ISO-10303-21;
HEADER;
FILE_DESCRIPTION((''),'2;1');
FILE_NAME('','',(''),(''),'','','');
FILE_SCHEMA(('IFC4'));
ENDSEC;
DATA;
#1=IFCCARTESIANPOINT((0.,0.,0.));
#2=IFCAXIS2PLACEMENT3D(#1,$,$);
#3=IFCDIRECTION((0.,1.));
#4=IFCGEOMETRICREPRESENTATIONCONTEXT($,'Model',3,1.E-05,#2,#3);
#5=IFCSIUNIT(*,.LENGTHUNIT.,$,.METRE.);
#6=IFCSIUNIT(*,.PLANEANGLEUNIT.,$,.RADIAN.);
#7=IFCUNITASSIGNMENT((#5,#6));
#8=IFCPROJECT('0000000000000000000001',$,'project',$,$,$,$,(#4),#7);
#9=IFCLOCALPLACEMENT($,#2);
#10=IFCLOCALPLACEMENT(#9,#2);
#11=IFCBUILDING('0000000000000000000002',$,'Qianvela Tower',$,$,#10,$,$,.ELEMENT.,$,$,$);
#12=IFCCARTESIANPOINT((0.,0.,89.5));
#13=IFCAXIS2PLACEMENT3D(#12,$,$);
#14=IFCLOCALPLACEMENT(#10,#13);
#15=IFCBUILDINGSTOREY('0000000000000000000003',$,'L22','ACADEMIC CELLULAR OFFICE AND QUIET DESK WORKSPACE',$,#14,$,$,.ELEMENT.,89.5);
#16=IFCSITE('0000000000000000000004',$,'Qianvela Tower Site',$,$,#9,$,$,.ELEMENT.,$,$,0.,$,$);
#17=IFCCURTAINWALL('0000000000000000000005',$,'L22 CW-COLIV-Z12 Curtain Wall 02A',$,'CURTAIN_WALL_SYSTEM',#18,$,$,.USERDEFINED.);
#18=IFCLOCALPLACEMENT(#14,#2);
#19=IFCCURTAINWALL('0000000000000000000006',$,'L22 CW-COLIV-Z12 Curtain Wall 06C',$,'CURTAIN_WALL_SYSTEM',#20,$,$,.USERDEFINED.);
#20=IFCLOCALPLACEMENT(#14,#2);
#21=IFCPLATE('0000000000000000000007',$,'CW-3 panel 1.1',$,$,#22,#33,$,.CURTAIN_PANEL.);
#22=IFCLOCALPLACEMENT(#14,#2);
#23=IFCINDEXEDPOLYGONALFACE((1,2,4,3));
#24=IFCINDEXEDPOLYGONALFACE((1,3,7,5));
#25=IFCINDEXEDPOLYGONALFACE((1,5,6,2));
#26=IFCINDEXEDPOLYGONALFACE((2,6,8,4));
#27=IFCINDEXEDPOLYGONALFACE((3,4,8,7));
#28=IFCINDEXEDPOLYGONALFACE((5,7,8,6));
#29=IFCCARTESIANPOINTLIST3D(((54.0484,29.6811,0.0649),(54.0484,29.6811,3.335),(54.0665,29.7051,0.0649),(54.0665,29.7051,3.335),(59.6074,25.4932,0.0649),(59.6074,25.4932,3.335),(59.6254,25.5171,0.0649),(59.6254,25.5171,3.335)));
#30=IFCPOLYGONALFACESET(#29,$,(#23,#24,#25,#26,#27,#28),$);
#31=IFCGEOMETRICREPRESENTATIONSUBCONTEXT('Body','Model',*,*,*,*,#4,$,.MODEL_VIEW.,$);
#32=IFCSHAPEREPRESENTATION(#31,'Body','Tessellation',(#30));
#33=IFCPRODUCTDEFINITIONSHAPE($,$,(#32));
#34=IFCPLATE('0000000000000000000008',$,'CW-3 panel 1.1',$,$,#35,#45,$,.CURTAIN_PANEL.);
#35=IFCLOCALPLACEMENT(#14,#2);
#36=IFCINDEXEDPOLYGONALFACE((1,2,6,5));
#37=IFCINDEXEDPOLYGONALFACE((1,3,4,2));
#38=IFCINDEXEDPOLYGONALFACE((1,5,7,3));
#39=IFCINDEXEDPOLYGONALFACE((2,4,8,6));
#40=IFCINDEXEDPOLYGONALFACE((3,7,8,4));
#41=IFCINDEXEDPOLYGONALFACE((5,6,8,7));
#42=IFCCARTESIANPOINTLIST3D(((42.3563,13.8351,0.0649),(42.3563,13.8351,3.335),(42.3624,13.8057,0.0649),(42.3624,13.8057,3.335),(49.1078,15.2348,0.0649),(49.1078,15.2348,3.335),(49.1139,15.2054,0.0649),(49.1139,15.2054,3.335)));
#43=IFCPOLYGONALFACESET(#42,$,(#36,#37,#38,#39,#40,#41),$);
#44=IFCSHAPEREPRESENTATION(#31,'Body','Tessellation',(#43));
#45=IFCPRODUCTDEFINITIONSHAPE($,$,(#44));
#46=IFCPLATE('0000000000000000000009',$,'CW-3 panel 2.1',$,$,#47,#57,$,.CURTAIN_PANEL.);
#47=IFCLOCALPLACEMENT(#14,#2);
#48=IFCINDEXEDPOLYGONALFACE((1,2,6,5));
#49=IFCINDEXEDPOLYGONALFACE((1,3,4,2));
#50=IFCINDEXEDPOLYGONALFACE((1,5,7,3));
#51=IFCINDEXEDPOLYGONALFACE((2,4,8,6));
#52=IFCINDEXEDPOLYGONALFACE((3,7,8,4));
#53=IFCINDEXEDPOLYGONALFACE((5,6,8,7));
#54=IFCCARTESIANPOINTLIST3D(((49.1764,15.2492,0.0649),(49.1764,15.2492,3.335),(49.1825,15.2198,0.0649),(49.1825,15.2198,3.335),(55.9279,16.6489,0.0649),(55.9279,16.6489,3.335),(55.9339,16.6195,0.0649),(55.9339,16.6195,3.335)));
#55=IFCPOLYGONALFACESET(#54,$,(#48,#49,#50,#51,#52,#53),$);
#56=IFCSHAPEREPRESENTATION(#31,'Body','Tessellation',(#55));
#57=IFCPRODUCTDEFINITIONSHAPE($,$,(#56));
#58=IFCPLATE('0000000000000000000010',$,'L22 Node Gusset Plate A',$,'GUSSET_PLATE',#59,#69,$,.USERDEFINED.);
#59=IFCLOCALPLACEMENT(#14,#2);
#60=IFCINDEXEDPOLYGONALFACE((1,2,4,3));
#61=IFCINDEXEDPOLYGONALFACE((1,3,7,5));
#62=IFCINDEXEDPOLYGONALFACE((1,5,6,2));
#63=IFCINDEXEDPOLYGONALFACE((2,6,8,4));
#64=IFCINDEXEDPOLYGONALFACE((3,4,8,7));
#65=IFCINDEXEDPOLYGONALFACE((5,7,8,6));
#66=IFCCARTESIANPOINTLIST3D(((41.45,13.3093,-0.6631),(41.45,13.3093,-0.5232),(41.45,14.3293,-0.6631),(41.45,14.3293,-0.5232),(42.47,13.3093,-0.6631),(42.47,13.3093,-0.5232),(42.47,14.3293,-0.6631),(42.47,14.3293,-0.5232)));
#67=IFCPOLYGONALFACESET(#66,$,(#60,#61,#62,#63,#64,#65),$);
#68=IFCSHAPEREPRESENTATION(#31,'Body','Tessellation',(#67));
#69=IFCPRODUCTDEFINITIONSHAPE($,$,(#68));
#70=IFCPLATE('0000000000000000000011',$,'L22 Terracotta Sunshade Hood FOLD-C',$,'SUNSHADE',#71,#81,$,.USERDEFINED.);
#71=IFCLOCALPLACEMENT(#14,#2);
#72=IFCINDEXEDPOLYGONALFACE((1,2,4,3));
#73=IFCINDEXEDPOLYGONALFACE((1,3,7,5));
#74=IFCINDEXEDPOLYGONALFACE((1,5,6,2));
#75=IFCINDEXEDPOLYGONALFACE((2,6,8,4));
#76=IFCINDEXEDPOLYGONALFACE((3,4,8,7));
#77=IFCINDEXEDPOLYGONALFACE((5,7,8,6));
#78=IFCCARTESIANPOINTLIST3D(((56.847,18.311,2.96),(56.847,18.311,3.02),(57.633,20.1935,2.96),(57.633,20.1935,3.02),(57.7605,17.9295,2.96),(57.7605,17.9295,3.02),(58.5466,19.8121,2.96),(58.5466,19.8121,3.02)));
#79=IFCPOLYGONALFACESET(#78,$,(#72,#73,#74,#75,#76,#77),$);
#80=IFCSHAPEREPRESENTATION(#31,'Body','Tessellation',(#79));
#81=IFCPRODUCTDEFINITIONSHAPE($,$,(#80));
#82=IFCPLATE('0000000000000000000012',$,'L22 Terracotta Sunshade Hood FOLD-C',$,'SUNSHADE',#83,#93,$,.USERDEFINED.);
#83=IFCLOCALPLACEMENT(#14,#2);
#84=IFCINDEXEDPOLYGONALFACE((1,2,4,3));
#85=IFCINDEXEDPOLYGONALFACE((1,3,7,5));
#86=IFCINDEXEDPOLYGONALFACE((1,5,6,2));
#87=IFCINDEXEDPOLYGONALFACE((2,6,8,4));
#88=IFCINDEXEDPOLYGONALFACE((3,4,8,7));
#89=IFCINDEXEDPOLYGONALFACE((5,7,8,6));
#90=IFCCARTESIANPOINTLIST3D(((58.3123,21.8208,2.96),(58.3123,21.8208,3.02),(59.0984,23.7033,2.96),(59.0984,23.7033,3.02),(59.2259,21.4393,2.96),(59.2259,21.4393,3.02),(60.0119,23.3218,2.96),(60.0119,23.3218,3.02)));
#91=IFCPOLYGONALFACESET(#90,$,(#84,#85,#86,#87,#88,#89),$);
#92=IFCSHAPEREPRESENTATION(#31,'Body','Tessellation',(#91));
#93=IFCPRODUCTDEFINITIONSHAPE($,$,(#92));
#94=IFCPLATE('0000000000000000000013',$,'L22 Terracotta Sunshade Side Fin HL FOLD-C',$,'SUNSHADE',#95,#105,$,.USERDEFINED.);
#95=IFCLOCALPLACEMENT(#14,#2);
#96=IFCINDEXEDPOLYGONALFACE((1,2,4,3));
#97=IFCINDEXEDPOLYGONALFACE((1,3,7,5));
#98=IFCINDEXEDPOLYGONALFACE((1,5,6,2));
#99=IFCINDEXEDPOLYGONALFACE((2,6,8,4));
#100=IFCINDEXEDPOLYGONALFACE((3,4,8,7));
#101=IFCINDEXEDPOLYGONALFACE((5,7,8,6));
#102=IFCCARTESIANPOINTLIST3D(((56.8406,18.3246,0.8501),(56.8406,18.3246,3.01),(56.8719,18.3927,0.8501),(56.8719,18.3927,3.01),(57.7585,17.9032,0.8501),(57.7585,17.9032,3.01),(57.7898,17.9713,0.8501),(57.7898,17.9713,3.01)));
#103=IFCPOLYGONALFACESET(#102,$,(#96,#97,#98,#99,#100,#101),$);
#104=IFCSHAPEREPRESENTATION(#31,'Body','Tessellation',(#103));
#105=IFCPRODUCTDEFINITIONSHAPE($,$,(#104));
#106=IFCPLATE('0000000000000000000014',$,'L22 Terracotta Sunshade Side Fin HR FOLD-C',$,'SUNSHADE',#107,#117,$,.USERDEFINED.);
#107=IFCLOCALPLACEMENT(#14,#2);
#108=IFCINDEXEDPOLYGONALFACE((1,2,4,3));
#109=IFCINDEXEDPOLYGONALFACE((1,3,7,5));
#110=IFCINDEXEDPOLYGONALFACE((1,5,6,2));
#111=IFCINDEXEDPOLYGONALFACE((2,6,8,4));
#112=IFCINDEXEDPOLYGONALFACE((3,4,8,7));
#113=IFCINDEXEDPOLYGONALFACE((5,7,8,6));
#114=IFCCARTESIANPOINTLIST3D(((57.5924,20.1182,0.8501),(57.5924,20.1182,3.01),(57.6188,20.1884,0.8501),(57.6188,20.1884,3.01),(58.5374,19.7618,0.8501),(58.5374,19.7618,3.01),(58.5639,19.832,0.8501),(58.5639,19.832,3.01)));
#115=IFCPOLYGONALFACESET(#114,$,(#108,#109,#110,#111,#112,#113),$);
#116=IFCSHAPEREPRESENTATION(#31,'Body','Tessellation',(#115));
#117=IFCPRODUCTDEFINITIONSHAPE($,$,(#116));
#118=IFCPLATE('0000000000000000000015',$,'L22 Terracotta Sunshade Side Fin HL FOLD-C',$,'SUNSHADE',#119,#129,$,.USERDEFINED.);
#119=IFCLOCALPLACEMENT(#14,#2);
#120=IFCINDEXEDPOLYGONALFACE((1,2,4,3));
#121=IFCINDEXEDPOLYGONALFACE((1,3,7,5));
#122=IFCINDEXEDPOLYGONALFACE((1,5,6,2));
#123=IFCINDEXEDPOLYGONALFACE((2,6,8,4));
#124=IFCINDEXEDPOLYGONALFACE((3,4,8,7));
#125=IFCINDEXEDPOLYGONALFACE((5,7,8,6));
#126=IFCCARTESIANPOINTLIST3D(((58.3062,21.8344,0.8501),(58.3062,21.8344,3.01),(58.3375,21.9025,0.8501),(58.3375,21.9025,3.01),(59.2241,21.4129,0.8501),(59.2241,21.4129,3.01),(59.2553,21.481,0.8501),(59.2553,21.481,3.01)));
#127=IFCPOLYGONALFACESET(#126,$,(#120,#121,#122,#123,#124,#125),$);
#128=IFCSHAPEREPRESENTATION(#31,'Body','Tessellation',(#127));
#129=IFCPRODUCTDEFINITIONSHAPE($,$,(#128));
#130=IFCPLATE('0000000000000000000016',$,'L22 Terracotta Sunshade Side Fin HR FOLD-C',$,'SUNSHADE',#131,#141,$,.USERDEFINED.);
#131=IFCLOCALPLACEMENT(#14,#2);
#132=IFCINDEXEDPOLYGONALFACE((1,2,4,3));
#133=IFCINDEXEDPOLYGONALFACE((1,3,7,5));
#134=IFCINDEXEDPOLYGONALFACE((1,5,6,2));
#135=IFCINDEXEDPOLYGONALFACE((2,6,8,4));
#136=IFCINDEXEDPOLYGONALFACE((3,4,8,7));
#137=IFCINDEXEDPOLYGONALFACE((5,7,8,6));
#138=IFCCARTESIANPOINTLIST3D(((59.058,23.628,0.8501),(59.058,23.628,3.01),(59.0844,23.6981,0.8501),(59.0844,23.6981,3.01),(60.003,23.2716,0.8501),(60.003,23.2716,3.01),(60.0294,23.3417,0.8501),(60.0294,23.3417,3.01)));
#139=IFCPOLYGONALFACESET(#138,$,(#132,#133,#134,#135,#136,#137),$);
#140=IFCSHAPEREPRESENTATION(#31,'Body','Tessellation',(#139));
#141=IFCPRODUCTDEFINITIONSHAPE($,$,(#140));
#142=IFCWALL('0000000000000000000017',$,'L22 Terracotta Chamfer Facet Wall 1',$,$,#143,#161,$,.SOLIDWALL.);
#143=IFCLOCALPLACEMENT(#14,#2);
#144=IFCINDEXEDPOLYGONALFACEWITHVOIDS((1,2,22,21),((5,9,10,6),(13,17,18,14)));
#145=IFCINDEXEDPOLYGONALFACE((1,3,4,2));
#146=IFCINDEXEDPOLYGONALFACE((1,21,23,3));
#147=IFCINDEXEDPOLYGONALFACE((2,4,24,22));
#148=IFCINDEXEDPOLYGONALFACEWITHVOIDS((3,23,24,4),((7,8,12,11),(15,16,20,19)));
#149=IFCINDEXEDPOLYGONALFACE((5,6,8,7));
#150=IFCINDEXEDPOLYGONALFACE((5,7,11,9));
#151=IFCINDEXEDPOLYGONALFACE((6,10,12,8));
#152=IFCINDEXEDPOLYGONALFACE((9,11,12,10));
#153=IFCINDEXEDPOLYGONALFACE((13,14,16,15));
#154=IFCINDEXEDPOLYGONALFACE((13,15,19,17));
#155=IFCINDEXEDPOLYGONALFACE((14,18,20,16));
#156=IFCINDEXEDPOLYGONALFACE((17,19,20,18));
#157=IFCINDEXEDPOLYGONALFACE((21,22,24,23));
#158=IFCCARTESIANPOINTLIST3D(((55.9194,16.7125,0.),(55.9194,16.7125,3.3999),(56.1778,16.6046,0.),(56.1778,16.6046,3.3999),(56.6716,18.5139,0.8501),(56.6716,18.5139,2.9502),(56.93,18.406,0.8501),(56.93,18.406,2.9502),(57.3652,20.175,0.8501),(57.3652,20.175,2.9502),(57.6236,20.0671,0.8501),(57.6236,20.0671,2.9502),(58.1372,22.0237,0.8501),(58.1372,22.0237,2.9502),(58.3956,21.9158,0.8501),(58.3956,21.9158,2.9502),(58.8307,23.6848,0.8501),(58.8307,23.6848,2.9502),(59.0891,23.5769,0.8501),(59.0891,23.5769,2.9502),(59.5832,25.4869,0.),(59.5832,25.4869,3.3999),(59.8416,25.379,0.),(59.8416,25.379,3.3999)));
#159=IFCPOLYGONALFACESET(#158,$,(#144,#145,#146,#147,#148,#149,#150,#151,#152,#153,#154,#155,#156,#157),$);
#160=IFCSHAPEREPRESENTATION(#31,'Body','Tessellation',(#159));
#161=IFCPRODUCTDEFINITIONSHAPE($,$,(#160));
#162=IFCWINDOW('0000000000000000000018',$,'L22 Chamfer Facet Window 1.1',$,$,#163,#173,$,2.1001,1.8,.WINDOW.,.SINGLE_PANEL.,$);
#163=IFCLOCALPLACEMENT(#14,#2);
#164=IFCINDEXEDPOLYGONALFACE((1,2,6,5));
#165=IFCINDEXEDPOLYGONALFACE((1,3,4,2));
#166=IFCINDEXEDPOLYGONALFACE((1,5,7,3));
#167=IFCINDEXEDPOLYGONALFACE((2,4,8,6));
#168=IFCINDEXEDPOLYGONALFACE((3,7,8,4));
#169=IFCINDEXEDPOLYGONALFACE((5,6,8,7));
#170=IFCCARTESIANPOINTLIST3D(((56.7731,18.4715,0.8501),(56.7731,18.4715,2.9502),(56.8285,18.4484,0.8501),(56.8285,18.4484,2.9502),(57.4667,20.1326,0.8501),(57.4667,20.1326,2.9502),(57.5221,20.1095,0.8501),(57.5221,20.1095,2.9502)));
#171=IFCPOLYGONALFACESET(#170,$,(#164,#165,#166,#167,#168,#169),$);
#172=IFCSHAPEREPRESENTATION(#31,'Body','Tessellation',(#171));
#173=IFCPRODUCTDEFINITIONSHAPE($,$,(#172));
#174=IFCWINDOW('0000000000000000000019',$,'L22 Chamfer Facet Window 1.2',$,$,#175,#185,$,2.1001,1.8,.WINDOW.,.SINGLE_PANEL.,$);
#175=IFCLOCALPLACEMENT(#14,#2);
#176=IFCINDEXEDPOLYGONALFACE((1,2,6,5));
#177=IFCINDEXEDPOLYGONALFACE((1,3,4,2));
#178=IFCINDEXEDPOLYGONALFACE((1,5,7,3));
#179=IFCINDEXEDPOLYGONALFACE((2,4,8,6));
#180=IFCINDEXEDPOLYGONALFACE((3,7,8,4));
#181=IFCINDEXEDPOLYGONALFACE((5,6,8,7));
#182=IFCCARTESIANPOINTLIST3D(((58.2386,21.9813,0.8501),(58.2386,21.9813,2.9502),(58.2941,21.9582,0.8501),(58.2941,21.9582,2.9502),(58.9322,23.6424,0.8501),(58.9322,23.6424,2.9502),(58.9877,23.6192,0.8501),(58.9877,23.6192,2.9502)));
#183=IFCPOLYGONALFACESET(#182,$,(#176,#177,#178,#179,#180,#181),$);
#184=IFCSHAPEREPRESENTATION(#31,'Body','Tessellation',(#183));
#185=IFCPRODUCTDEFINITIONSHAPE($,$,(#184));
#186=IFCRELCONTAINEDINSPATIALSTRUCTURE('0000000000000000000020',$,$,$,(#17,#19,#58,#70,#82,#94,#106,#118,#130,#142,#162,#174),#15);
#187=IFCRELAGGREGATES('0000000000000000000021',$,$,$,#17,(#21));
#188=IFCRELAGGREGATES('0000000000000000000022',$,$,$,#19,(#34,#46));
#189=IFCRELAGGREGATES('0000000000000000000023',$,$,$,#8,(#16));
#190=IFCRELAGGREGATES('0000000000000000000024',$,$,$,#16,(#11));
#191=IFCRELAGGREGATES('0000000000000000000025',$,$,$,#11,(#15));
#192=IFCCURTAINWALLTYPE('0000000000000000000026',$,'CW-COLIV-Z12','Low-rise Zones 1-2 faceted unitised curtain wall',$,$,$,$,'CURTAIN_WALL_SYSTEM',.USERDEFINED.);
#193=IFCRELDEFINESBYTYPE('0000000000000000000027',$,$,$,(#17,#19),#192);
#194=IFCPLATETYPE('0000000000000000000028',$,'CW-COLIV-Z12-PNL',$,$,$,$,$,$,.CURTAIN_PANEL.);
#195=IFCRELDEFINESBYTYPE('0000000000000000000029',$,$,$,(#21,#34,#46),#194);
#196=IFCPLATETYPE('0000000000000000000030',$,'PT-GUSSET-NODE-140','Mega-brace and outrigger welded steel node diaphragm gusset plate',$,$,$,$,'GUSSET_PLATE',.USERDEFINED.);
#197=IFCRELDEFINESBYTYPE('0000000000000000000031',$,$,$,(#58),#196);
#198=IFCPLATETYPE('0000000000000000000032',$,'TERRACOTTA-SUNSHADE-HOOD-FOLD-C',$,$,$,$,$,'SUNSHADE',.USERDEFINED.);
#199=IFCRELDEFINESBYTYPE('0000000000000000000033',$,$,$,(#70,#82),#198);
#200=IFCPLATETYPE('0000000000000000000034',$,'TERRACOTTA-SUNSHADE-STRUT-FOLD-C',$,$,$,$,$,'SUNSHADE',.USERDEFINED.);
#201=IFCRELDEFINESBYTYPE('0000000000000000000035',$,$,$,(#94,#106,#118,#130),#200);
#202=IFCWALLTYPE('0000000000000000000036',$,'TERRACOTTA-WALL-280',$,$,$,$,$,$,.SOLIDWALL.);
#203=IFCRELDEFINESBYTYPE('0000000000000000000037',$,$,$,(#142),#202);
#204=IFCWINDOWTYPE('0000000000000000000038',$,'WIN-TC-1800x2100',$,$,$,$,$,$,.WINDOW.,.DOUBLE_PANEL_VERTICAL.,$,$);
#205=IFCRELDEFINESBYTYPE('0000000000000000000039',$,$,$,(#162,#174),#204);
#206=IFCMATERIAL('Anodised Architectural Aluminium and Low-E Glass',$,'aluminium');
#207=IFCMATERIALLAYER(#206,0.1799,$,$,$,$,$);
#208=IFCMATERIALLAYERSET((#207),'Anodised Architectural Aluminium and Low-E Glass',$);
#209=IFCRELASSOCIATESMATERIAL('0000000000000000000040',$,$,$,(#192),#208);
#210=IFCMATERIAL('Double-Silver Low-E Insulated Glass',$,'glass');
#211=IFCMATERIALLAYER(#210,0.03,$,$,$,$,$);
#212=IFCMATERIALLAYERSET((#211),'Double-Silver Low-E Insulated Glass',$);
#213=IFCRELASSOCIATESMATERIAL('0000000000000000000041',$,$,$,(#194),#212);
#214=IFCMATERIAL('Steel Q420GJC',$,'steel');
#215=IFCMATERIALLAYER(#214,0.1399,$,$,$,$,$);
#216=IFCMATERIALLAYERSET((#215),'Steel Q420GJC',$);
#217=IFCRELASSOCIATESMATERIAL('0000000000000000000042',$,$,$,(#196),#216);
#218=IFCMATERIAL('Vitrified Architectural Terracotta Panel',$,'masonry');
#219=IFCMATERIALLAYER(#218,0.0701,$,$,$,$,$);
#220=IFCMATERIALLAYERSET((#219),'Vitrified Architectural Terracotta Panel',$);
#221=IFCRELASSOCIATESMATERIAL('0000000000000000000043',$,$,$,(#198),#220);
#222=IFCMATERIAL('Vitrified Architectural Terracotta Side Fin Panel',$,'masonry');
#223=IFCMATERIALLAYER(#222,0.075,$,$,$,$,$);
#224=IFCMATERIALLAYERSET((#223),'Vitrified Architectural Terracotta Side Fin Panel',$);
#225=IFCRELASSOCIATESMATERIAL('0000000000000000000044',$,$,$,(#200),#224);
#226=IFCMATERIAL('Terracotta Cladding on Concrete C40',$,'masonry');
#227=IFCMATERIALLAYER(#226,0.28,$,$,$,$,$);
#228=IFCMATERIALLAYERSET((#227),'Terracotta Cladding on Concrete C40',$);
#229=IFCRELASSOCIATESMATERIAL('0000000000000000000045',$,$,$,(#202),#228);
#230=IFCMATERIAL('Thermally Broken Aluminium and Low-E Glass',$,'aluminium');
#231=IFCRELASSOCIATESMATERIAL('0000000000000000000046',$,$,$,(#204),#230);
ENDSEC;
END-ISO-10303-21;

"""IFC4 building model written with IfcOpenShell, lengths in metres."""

from ifc_helpers import new_model, si_unit, direction, frame, frame_2d, origin, origin_2d, place, context, subcontext, project, spatial, rectangle, extrude, material, layer, layer_set, type_object, element, fill, aggregate, save


model = new_model("IFC4")

# Units and contexts
model_context = context("Model", 3, precision=1e-05, world=origin(), true_north=direction((0.0, 1.0)))
body_context = subcontext(model_context, "Body", "Model", "MODEL_VIEW")
ifc_project = project(units=[si_unit("LENGTHUNIT", "METRE"), si_unit("PLANEANGLEUNIT", "RADIAN")], contexts=[model_context])

# Site, building, storey
site_placement = place(None, origin())
site = spatial("IfcSite", under=ifc_project, at=site_placement, Name="Qianvela Tower Site", CompositionType="ELEMENT", RefElevation=0.0)
building_placement = place(site_placement, origin())
building = spatial("IfcBuilding", under=site, at=building_placement, Name="Qianvela Tower", CompositionType="ELEMENT")
storey_placement = place(building_placement, frame((0.0, 0.0, 89.5)))
storey = spatial("IfcBuildingStorey", under=building, at=storey_placement, Name="L22", Description="ACADEMIC CELLULAR OFFICE AND QUIET DESK WORKSPACE", CompositionType="ELEMENT", Elevation=89.5)

# Curtain walls
ifc_material_1 = material(Name="Anodised Architectural Aluminium and Low-E Glass", Category="aluminium")
ifc_layer_1 = layer(ifc_material_1, 0.1799)
ifc_layer_set_1 = layer_set([ifc_layer_1], Name="Anodised Architectural Aluminium and Low-E Glass")
curtain_wall_type_1 = type_object("IfcCurtainWallType", Name="CW-COLIV-Z12", Description="Low-rise Zones 1-2 faceted unitised curtain wall", ElementType="CURTAIN_WALL_SYSTEM", PredefinedType="USERDEFINED", material=ifc_layer_set_1)
curtain_wall_1_placement = place(storey_placement, origin())
curtain_wall_1 = element("IfcCurtainWall", 1, at=curtain_wall_1_placement, inside=storey, type_object=curtain_wall_type_1, Name="L22 CW-COLIV-Z12 Curtain Wall 02A", ObjectType="CURTAIN_WALL_SYSTEM", PredefinedType="USERDEFINED")
curtain_wall_2_placement = place(storey_placement, origin())
curtain_wall_2 = element("IfcCurtainWall", 2, at=curtain_wall_2_placement, inside=storey, type_object=curtain_wall_type_1, Name="L22 CW-COLIV-Z12 Curtain Wall 06C", ObjectType="CURTAIN_WALL_SYSTEM", PredefinedType="USERDEFINED")

# Plates
ifc_material_2 = material(Name="Double-Silver Low-E Insulated Glass", Category="glass")
ifc_layer_2 = layer(ifc_material_2, 0.03)
ifc_layer_set_2 = layer_set([ifc_layer_2], Name="Double-Silver Low-E Insulated Glass")
plate_type_1 = type_object("IfcPlateType", Name="CW-COLIV-Z12-PNL", PredefinedType="CURTAIN_PANEL", material=ifc_layer_set_2)
plate_1_placement = place(storey_placement, frame((56.8369, 27.5991, 0.0649), z_axis=(0.0, 0.0, 1.0), x_axis=(-0.798709, 0.601718, 0.0)))
plate_1 = element("IfcPlate", 3, at=plate_1_placement, type_object=plate_type_1, Name="CW-3 panel 1.1", PredefinedType="CURTAIN_PANEL", context=body_context, shape_type="SweptSolid", body=[
    extrude(rectangle(XDim=6.96, YDim=0.03, at=origin_2d()), origin(), (0.0, 0.0, 1.0), 3.27),
])
aggregate(curtain_wall_1, [plate_1])
plate_2_placement = place(storey_placement, frame((45.7351, 14.5203, 0.0649), z_axis=(0.0, 0.0, 1.0), x_axis=(0.979178, 0.203004, 0.0)))
plate_2 = element("IfcPlate", 4, at=plate_2_placement, type_object=plate_type_1, Name="CW-3 panel 1.1", PredefinedType="CURTAIN_PANEL", context=body_context, shape_type="SweptSolid", body=[
    extrude(rectangle(XDim=6.895, YDim=0.03, at=origin_2d()), origin(), (0.0, 0.0, 1.0), 3.27),
])
plate_3_placement = place(storey_placement, frame((52.5552, 15.9343, 0.0649), z_axis=(0.0, 0.0, 1.0), x_axis=(0.979178, 0.203004, 0.0)))
plate_3 = element("IfcPlate", 5, at=plate_3_placement, type_object=plate_type_1, Name="CW-3 panel 2.1", PredefinedType="CURTAIN_PANEL", context=body_context, shape_type="SweptSolid", body=[
    extrude(rectangle(XDim=6.895, YDim=0.03, at=origin_2d()), origin(), (0.0, 0.0, 1.0), 3.27),
])
aggregate(curtain_wall_2, [plate_2, plate_3])

# Plates
ifc_material_3 = material(Name="Steel Q420GJC", Category="steel")
ifc_layer_3 = layer(ifc_material_3, 0.1399)
ifc_layer_set_3 = layer_set([ifc_layer_3], Name="Steel Q420GJC")
plate_type_2 = type_object("IfcPlateType", Name="PT-GUSSET-NODE-140", Description="Mega-brace and outrigger welded steel node diaphragm gusset plate", ElementType="GUSSET_PLATE", PredefinedType="USERDEFINED", material=ifc_layer_set_3)
plate_4_placement = place(storey_placement, frame((41.96, 13.8193, -0.6631), z_axis=(0.0, 0.0, 1.0), x_axis=(1.0, 0.0, 0.0)))
element("IfcPlate", 6, at=plate_4_placement, inside=storey, type_object=plate_type_2, Name="L22 Node Gusset Plate A", ObjectType="GUSSET_PLATE", PredefinedType="USERDEFINED", context=body_context, shape_type="SweptSolid", body=[
    extrude(rectangle(XDim=1.02, YDim=1.02, at=origin_2d()), origin(), (0.0, 0.0, 1.0), 0.1399),
])
ifc_material_4 = material(Name="Vitrified Architectural Terracotta Panel", Category="masonry")
ifc_layer_4 = layer(ifc_material_4, 0.0701)
ifc_layer_set_4 = layer_set([ifc_layer_4], Name="Vitrified Architectural Terracotta Panel")
plate_type_3 = type_object("IfcPlateType", Name="TERRACOTTA-SUNSHADE-HOOD-FOLD-C", ElementType="SUNSHADE", PredefinedType="USERDEFINED", material=ifc_layer_set_4)
for number, where, z_axis, x_axis, name in (
    (7, (57.6968, 19.0615, 2.96), (0.0, 0.0, 1.0), (0.385309, 0.922788, 0.0), "L22 Terracotta Sunshade Hood FOLD-C"),
    (8, (59.1621, 22.5713, 2.96), (0.0, 0.0, 1.0), (0.385309, 0.922788, 0.0), "L22 Terracotta Sunshade Hood FOLD-C"),
):
    element("IfcPlate", number, at=place(storey_placement, frame(where, z_axis=z_axis, x_axis=x_axis)), inside=storey, type_object=plate_type_3, Name=name, ObjectType="SUNSHADE", PredefinedType="USERDEFINED", context=body_context, shape_type="SweptSolid", body=[
        extrude(rectangle(XDim=2.04, YDim=0.99, at=origin_2d()), origin(), (0.0, 0.0, 1.0), 0.0601),
    ])
ifc_material_5 = material(Name="Vitrified Architectural Terracotta Side Fin Panel", Category="masonry")
ifc_layer_5 = layer(ifc_material_5, 0.075)
ifc_layer_set_5 = layer_set([ifc_layer_5], Name="Vitrified Architectural Terracotta Side Fin Panel")
plate_type_4 = type_object("IfcPlateType", Name="TERRACOTTA-SUNSHADE-STRUT-FOLD-C", ElementType="SUNSHADE", PredefinedType="USERDEFINED", material=ifc_layer_set_5)
for number, where, z_axis, x_axis, name in (
    (9, (57.3152, 18.1479, 0.8501), (0.0, 0.0, 1.0), (0.417279, 0.908779, 0.0), "L22 Terracotta Sunshade Side Fin HL FOLD-C"),
    (10, (58.0781, 19.9751, 0.8501), (0.0, 0.0, 1.0), (0.352869, 0.935673, 0.0), "L22 Terracotta Sunshade Side Fin HR FOLD-C"),
    (11, (58.7808, 21.6577, 0.8501), (0.0, 0.0, 1.0), (0.417279, 0.908779, 0.0), "L22 Terracotta Sunshade Side Fin HL FOLD-C"),
    (12, (59.5437, 23.4849, 0.8501), (0.0, 0.0, 1.0), (0.352869, 0.935673, 0.0), "L22 Terracotta Sunshade Side Fin HR FOLD-C"),
):
    element("IfcPlate", number, at=place(storey_placement, frame(where, z_axis=z_axis, x_axis=x_axis)), inside=storey, type_object=plate_type_4, Name=name, ObjectType="SUNSHADE", PredefinedType="USERDEFINED", context=body_context, shape_type="SweptSolid", body=[
        extrude(rectangle(XDim=0.075, YDim=1.01, at=origin_2d()), origin(), (0.0, 0.0, 1.0), 2.1599),
    ])

# Wall, openings, windows
ifc_material_6 = material(Name="Terracotta Cladding on Concrete C40", Category="masonry")
ifc_layer_6 = layer(ifc_material_6, 0.28)
ifc_layer_set_6 = layer_set([ifc_layer_6], Name="Terracotta Cladding on Concrete C40")
wall_type_1 = type_object("IfcWallType", Name="TERRACOTTA-WALL-280", PredefinedType="SOLIDWALL", material=ifc_layer_set_6)
wall_1_placement = place(storey_placement, frame((56.0486, 16.6584, 0.0), z_axis=(0.0, 0.0, 1.0), x_axis=(0.385315, 0.922785, 0.0)))
wall_1 = element("IfcWall", 13, at=wall_1_placement, inside=storey, type_object=wall_type_1, Name="L22 Terracotta Chamfer Facet Wall 1", PredefinedType="SOLIDWALL", context=body_context, shape_type="SweptSolid", body=[
    extrude(rectangle(XDim=9.5085, YDim=0.28, at=frame_2d((4.7544, 0.0))), origin(), (0.0, 0.0, 1.0), 3.3999),
])
opening_1_placement = place(wall_1_placement, frame((1.9524, 0.0, 0.8501)))
opening_1 = element("IfcOpeningElement", 14, at=opening_1_placement, cuts=wall_1, PredefinedType="OPENING", context=body_context, shape_type="SweptSolid", body=[
    extrude(rectangle(XDim=1.8, YDim=2.1001, at=frame_2d((0.8999, 1.05))), frame((0.0, 0.1499, 0.0), z_axis=(0.0, -1.0, 0.0), x_axis=(1.0, 0.0, 0.0)), (0.0, 0.0, 1.0), 0.3),
])
opening_2_placement = place(wall_1_placement, frame((5.7559, 0.0, 0.8501)))
opening_2 = element("IfcOpeningElement", 15, at=opening_2_placement, cuts=wall_1, PredefinedType="OPENING", context=body_context, shape_type="SweptSolid", body=[
    extrude(rectangle(XDim=1.8, YDim=2.1001, at=frame_2d((0.8999, 1.05))), frame((0.0, 0.1499, 0.0), z_axis=(0.0, -1.0, 0.0), x_axis=(1.0, 0.0, 0.0)), (0.0, 0.0, 1.0), 0.3),
])
ifc_material_7 = material(Name="Thermally Broken Aluminium and Low-E Glass", Category="aluminium")
window_type = type_object("IfcWindowType", Name="WIN-TC-1800x2100", PartitioningType="DOUBLE_PANEL_VERTICAL", PredefinedType="WINDOW", material=ifc_material_7)
window_1_placement = place(opening_1_placement, origin())
window_1 = element("IfcWindow", 16, at=window_1_placement, inside=storey, type_object=window_type, Name="L22 Chamfer Facet Window 1.1", OverallHeight=2.1001, OverallWidth=1.8, PartitioningType="SINGLE_PANEL", PredefinedType="WINDOW", context=body_context, shape_type="SweptSolid", body=[
    extrude(rectangle(XDim=1.8, YDim=2.1001, at=frame_2d((0.8999, 1.05))), frame((0.0, 0.03, 0.0), z_axis=(0.0, -1.0, 0.0), x_axis=(1.0, 0.0, 0.0)), (0.0, 0.0, 1.0), 0.0601),
])
fill(opening_1, window_1)
window_2_placement = place(opening_2_placement, origin())
window_2 = element("IfcWindow", 17, at=window_2_placement, inside=storey, type_object=window_type, Name="L22 Chamfer Facet Window 1.2", OverallHeight=2.1001, OverallWidth=1.8, PartitioningType="SINGLE_PANEL", PredefinedType="WINDOW", context=body_context, shape_type="SweptSolid", body=[
    extrude(rectangle(XDim=1.8, YDim=2.1001, at=frame_2d((0.8999, 1.05))), frame((0.0, 0.03, 0.0), z_axis=(0.0, -1.0, 0.0), x_axis=(1.0, 0.0, 0.0)), (0.0, 0.0, 1.0), 0.0601),
])
fill(opening_2, window_2)

save(model, "model.ifc")
